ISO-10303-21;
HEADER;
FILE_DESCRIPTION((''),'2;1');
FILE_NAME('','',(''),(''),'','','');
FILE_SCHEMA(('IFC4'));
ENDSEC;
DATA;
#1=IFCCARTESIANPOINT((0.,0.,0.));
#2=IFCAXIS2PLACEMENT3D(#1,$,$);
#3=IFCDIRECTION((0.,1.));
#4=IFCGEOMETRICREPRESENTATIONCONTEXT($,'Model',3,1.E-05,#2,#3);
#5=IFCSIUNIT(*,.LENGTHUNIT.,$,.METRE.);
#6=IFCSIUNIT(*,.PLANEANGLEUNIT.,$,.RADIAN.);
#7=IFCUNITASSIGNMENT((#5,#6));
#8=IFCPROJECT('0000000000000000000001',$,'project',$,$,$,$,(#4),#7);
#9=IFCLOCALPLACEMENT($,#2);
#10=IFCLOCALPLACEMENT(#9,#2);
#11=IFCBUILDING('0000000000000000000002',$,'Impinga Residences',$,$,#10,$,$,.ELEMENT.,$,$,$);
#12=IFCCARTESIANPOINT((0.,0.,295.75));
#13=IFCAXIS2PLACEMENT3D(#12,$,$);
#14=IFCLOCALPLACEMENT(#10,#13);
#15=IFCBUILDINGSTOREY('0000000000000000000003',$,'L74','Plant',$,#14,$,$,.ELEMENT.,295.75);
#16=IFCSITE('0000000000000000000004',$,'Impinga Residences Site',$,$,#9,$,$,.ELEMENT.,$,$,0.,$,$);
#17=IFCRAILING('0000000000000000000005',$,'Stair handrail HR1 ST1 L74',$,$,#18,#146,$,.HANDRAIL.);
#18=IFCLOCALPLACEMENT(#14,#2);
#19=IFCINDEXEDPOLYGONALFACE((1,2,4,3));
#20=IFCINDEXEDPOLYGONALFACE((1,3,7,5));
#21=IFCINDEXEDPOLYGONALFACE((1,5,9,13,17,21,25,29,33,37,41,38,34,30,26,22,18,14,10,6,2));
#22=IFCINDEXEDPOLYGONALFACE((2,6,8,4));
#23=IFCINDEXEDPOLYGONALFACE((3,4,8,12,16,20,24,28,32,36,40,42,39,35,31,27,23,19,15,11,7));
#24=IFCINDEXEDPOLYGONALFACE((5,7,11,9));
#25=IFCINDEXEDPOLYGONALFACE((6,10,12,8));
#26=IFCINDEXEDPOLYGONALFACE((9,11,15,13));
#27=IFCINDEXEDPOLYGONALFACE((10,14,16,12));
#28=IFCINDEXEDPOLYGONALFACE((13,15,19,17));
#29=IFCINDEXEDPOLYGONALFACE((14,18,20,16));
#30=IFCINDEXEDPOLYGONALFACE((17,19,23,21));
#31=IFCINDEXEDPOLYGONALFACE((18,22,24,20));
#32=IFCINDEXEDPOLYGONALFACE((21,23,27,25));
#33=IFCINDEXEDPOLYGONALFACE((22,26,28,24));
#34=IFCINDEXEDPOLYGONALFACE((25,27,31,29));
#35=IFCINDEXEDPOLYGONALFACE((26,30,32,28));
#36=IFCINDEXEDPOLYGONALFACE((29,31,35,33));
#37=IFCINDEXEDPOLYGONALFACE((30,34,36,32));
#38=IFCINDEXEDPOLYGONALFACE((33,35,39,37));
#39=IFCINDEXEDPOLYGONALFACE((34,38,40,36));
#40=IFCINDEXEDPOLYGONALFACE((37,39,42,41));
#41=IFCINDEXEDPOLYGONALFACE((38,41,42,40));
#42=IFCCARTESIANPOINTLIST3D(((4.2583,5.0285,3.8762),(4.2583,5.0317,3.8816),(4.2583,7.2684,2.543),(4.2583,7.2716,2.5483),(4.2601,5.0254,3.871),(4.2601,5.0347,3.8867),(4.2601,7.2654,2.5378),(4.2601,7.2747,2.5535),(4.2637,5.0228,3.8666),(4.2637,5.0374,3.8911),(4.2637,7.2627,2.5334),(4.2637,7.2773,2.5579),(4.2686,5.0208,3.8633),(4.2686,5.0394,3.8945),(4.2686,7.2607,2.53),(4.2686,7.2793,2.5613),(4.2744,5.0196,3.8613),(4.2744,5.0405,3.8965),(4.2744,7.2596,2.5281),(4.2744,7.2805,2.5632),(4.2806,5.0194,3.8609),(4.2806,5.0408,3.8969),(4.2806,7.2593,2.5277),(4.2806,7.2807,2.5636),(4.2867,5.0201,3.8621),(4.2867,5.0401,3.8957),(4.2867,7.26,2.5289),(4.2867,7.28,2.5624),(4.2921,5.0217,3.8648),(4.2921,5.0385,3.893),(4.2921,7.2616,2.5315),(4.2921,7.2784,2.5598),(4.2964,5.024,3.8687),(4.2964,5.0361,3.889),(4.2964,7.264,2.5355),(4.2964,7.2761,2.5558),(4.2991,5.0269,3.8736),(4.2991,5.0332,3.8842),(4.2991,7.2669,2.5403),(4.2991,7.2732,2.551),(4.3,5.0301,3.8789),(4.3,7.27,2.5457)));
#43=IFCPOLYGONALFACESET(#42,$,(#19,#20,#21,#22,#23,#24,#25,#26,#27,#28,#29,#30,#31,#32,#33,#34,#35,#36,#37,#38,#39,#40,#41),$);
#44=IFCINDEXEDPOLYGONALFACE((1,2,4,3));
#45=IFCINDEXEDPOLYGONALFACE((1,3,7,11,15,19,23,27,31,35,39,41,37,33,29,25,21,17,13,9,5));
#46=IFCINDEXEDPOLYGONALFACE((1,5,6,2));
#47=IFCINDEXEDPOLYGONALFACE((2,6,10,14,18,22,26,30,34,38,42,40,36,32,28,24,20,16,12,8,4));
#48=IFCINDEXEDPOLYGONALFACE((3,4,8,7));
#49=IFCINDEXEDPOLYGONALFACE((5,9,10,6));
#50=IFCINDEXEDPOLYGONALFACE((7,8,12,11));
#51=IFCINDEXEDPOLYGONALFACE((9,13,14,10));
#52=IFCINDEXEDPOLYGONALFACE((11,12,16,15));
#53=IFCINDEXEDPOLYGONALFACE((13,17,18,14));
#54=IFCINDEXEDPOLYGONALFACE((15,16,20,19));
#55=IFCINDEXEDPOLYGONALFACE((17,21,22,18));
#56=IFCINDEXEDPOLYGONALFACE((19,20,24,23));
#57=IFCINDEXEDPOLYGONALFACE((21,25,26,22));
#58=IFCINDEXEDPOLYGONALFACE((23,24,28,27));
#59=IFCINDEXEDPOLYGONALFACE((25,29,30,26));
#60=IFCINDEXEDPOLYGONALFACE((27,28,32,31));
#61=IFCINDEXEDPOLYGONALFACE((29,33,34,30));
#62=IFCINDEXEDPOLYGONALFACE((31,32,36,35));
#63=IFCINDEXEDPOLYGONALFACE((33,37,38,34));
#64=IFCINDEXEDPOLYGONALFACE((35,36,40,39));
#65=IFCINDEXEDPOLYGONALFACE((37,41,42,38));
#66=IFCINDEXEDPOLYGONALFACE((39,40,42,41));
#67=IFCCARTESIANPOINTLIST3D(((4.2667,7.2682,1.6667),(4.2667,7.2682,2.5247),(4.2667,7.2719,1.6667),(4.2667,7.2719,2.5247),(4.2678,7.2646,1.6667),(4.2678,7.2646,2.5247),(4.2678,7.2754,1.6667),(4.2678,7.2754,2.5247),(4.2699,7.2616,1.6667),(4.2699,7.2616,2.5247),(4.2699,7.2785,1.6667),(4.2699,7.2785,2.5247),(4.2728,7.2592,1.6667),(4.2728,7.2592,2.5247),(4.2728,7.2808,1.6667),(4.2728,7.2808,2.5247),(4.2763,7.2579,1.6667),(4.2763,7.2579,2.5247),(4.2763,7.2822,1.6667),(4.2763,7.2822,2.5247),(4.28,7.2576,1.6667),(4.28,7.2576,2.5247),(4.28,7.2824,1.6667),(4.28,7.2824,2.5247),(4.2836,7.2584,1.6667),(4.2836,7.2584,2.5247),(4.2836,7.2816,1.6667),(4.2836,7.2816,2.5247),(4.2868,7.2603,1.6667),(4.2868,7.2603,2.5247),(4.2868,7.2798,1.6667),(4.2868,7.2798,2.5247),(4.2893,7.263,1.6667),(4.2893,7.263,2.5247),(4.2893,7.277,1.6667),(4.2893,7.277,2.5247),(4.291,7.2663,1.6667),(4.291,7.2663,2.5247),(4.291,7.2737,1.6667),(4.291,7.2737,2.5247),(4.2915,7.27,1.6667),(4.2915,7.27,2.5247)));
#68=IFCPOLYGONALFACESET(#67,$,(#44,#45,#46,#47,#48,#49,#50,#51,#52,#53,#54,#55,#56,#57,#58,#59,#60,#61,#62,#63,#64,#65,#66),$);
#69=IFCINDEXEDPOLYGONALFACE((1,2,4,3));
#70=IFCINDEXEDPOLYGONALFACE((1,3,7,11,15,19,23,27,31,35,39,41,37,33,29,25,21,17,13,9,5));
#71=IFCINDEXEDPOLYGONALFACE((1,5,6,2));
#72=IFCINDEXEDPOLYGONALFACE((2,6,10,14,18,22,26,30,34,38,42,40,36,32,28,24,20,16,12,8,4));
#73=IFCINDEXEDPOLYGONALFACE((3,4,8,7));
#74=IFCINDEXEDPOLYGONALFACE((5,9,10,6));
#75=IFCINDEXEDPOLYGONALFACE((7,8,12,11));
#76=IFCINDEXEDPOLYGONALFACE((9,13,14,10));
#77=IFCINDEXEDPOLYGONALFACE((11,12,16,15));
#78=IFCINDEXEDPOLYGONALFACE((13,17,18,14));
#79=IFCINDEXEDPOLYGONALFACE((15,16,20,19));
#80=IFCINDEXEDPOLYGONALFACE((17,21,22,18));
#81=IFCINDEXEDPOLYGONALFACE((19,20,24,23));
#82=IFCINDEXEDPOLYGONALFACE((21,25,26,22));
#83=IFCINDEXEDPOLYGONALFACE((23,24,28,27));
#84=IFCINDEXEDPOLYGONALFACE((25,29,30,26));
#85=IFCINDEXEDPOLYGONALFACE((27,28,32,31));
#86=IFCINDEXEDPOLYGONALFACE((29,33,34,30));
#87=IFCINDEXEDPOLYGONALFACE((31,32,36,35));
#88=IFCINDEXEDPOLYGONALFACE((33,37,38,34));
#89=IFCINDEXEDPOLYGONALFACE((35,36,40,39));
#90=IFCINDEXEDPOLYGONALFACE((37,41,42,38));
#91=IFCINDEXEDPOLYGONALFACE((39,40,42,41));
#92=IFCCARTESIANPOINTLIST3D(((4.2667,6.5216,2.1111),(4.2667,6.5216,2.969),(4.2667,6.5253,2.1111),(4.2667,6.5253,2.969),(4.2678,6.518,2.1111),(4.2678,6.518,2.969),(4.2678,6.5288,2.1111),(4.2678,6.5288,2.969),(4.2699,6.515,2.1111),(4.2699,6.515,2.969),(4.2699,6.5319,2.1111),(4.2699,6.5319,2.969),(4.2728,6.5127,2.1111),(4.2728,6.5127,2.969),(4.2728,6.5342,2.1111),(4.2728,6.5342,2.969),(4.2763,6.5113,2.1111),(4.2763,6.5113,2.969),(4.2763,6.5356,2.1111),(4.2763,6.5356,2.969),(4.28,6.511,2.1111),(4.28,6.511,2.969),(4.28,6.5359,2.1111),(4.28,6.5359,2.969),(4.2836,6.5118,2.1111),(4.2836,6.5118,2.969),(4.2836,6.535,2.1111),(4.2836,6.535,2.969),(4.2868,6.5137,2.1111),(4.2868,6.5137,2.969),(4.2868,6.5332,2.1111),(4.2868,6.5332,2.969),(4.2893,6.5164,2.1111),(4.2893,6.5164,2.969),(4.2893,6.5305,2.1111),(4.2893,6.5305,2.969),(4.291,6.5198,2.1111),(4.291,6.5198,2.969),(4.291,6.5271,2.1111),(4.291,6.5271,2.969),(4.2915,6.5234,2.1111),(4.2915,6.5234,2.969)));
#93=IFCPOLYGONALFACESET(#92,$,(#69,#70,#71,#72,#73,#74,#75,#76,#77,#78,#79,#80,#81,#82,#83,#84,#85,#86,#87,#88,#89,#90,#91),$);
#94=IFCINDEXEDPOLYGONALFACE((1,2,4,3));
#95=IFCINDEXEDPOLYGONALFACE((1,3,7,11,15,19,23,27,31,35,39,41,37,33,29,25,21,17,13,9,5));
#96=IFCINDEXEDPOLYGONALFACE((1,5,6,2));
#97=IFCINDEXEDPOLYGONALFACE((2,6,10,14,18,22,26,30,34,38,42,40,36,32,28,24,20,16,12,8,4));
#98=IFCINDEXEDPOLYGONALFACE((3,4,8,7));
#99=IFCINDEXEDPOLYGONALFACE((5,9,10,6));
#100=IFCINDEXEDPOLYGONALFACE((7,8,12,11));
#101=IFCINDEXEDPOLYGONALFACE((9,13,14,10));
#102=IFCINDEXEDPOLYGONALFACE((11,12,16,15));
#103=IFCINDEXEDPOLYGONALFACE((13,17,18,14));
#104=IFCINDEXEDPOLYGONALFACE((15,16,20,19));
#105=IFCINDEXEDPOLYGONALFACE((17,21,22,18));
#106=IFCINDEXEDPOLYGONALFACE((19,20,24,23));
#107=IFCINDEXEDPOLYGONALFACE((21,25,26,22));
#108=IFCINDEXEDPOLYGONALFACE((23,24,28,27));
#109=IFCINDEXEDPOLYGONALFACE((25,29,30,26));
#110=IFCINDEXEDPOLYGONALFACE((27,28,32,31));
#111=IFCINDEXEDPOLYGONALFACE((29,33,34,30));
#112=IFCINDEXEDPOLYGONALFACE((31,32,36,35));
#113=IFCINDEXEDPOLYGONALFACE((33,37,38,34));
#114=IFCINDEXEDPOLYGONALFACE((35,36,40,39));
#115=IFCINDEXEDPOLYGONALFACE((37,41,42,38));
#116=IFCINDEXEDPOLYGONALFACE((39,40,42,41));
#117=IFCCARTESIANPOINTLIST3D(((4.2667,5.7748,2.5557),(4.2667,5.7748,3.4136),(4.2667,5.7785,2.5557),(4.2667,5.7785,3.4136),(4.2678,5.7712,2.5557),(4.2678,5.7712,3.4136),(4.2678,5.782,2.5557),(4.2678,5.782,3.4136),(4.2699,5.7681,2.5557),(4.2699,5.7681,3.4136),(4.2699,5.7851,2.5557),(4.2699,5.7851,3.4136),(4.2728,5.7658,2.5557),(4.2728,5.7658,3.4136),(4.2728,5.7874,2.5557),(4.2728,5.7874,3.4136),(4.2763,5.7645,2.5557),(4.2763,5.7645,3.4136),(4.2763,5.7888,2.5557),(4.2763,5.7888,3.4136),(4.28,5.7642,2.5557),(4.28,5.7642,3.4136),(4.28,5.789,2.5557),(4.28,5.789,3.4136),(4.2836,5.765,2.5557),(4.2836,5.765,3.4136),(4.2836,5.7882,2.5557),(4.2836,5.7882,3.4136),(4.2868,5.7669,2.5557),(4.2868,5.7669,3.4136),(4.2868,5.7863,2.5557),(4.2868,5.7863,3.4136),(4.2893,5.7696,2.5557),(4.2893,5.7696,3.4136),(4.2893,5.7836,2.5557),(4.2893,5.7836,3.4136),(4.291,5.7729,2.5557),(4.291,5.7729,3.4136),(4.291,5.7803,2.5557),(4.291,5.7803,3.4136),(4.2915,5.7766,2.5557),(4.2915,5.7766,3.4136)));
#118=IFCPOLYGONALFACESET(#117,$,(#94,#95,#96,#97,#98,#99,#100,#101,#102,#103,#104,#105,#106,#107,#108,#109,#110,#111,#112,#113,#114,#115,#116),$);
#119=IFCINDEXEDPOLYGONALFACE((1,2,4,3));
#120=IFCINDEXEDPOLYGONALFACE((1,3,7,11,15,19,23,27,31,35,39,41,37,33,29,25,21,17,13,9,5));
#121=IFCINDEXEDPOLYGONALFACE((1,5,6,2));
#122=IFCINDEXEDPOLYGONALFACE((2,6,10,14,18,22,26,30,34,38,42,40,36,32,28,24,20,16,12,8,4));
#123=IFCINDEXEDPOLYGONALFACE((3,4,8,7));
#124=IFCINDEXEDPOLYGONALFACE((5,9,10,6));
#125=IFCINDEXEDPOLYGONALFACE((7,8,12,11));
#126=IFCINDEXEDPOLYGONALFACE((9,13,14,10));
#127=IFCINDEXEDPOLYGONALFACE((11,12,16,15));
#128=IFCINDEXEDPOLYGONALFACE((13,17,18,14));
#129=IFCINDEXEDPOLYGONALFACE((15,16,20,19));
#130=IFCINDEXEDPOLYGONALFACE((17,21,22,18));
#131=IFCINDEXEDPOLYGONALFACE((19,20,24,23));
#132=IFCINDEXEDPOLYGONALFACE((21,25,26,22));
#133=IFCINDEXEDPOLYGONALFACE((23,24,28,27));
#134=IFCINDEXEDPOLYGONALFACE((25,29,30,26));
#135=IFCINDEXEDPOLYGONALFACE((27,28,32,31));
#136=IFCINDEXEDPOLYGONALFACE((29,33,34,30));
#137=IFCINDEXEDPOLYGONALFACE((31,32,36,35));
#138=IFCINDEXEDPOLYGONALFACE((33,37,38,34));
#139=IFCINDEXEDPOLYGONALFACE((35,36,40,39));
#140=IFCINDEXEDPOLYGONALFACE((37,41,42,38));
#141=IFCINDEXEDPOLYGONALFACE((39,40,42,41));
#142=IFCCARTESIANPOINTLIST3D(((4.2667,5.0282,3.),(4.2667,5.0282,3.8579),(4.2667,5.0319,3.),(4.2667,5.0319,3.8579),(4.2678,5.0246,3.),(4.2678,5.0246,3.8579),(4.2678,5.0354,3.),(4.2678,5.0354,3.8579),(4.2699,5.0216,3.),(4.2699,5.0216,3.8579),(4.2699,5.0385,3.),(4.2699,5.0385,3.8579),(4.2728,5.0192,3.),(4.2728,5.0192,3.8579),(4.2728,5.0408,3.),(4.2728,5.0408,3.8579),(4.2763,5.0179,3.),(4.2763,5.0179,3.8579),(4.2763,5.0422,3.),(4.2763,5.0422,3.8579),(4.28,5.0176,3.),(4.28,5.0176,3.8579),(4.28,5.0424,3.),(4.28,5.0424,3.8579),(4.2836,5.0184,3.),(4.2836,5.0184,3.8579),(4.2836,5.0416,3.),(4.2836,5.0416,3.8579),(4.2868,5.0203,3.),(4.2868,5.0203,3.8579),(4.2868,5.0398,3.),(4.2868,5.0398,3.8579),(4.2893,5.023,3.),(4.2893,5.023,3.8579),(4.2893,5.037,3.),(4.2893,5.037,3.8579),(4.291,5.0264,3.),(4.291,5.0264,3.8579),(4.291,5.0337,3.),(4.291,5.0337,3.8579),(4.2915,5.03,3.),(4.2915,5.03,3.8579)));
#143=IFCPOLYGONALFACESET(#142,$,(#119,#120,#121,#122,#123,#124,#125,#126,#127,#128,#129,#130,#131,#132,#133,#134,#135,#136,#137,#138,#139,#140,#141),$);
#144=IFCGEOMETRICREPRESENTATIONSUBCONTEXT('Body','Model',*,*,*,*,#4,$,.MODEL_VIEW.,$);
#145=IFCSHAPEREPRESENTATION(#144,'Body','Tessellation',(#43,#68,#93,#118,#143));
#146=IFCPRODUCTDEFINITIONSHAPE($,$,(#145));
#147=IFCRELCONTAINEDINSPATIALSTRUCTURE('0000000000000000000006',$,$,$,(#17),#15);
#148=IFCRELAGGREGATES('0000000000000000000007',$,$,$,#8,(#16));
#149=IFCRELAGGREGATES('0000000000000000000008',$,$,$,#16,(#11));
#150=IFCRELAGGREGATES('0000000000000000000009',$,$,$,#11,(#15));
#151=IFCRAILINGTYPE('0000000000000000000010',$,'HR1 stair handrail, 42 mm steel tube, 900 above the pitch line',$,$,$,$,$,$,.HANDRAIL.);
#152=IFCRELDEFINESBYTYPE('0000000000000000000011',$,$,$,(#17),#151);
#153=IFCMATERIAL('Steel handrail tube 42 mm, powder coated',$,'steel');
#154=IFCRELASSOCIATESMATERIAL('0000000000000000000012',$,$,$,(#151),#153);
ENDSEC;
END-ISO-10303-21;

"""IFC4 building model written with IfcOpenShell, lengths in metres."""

from ifc_helpers import new_model, si_unit, direction, frame, origin, origin_2d, place, context, subcontext, project, spatial, circle, extrude, material, type_object, element, save


model = new_model("IFC4")

# Units and contexts
model_context = context("Model", 3, precision=1e-05, world=origin(), true_north=direction((0.0, 1.0)))
body_context = subcontext(model_context, "Body", "Model", "MODEL_VIEW")
ifc_project = project(units=[si_unit("LENGTHUNIT", "METRE"), si_unit("PLANEANGLEUNIT", "RADIAN")], contexts=[model_context])

# Site, building, storey
site_placement = place(None, origin())
site = spatial("IfcSite", under=ifc_project, at=site_placement, Name="Impinga Residences Site", CompositionType="ELEMENT", RefElevation=0.0)
building_placement = place(site_placement, origin())
building = spatial("IfcBuilding", under=site, at=building_placement, Name="Impinga Residences", CompositionType="ELEMENT")
storey_placement = place(building_placement, frame((0.0, 0.0, 295.75)))
storey = spatial("IfcBuildingStorey", under=building, at=storey_placement, Name="L74", Description="Plant", CompositionType="ELEMENT", Elevation=295.75)

# Railing
ifc_material_1 = material(Name="Steel handrail tube 42 mm, powder coated", Category="steel")
railing_type_1 = type_object("IfcRailingType", Name="HR1 stair handrail, 42 mm steel tube, 900 above the pitch line", PredefinedType="HANDRAIL", material=ifc_material_1)
railing_1_placement = place(storey_placement, frame((4.2791, 7.27, 1.6667)))
element("IfcRailing", 1, at=railing_1_placement, inside=storey, type_object=railing_type_1, Name="Stair handrail HR1 ST1 L74", PredefinedType="HANDRAIL", context=body_context, shape_type="SweptSolid", body=[
    extrude(circle(Radius=0.021, at=origin_2d()), frame((0.0, 0.0, 0.8789), z_axis=(0.0, -0.859306, 0.511462), x_axis=(1.0, 0.0, 0.0)), (0.0, 0.0, 1.0), 2.6067),
    extrude(circle(Radius=0.0125, at=origin_2d()), origin(), (0.0, 0.0, 1.0), 0.8579),
    extrude(circle(Radius=0.0125, at=origin_2d()), frame((0.0, -0.7466, 0.4443)), (0.0, 0.0, 1.0), 0.8579),
    extrude(circle(Radius=0.0125, at=origin_2d()), frame((0.0, -1.4934, 0.8889)), (0.0, 0.0, 1.0), 0.8579),
    extrude(circle(Radius=0.0125, at=origin_2d()), frame((0.0, -2.24, 1.3333)), (0.0, 0.0, 1.0), 0.8579),
])

save(model, "model.ifc")
